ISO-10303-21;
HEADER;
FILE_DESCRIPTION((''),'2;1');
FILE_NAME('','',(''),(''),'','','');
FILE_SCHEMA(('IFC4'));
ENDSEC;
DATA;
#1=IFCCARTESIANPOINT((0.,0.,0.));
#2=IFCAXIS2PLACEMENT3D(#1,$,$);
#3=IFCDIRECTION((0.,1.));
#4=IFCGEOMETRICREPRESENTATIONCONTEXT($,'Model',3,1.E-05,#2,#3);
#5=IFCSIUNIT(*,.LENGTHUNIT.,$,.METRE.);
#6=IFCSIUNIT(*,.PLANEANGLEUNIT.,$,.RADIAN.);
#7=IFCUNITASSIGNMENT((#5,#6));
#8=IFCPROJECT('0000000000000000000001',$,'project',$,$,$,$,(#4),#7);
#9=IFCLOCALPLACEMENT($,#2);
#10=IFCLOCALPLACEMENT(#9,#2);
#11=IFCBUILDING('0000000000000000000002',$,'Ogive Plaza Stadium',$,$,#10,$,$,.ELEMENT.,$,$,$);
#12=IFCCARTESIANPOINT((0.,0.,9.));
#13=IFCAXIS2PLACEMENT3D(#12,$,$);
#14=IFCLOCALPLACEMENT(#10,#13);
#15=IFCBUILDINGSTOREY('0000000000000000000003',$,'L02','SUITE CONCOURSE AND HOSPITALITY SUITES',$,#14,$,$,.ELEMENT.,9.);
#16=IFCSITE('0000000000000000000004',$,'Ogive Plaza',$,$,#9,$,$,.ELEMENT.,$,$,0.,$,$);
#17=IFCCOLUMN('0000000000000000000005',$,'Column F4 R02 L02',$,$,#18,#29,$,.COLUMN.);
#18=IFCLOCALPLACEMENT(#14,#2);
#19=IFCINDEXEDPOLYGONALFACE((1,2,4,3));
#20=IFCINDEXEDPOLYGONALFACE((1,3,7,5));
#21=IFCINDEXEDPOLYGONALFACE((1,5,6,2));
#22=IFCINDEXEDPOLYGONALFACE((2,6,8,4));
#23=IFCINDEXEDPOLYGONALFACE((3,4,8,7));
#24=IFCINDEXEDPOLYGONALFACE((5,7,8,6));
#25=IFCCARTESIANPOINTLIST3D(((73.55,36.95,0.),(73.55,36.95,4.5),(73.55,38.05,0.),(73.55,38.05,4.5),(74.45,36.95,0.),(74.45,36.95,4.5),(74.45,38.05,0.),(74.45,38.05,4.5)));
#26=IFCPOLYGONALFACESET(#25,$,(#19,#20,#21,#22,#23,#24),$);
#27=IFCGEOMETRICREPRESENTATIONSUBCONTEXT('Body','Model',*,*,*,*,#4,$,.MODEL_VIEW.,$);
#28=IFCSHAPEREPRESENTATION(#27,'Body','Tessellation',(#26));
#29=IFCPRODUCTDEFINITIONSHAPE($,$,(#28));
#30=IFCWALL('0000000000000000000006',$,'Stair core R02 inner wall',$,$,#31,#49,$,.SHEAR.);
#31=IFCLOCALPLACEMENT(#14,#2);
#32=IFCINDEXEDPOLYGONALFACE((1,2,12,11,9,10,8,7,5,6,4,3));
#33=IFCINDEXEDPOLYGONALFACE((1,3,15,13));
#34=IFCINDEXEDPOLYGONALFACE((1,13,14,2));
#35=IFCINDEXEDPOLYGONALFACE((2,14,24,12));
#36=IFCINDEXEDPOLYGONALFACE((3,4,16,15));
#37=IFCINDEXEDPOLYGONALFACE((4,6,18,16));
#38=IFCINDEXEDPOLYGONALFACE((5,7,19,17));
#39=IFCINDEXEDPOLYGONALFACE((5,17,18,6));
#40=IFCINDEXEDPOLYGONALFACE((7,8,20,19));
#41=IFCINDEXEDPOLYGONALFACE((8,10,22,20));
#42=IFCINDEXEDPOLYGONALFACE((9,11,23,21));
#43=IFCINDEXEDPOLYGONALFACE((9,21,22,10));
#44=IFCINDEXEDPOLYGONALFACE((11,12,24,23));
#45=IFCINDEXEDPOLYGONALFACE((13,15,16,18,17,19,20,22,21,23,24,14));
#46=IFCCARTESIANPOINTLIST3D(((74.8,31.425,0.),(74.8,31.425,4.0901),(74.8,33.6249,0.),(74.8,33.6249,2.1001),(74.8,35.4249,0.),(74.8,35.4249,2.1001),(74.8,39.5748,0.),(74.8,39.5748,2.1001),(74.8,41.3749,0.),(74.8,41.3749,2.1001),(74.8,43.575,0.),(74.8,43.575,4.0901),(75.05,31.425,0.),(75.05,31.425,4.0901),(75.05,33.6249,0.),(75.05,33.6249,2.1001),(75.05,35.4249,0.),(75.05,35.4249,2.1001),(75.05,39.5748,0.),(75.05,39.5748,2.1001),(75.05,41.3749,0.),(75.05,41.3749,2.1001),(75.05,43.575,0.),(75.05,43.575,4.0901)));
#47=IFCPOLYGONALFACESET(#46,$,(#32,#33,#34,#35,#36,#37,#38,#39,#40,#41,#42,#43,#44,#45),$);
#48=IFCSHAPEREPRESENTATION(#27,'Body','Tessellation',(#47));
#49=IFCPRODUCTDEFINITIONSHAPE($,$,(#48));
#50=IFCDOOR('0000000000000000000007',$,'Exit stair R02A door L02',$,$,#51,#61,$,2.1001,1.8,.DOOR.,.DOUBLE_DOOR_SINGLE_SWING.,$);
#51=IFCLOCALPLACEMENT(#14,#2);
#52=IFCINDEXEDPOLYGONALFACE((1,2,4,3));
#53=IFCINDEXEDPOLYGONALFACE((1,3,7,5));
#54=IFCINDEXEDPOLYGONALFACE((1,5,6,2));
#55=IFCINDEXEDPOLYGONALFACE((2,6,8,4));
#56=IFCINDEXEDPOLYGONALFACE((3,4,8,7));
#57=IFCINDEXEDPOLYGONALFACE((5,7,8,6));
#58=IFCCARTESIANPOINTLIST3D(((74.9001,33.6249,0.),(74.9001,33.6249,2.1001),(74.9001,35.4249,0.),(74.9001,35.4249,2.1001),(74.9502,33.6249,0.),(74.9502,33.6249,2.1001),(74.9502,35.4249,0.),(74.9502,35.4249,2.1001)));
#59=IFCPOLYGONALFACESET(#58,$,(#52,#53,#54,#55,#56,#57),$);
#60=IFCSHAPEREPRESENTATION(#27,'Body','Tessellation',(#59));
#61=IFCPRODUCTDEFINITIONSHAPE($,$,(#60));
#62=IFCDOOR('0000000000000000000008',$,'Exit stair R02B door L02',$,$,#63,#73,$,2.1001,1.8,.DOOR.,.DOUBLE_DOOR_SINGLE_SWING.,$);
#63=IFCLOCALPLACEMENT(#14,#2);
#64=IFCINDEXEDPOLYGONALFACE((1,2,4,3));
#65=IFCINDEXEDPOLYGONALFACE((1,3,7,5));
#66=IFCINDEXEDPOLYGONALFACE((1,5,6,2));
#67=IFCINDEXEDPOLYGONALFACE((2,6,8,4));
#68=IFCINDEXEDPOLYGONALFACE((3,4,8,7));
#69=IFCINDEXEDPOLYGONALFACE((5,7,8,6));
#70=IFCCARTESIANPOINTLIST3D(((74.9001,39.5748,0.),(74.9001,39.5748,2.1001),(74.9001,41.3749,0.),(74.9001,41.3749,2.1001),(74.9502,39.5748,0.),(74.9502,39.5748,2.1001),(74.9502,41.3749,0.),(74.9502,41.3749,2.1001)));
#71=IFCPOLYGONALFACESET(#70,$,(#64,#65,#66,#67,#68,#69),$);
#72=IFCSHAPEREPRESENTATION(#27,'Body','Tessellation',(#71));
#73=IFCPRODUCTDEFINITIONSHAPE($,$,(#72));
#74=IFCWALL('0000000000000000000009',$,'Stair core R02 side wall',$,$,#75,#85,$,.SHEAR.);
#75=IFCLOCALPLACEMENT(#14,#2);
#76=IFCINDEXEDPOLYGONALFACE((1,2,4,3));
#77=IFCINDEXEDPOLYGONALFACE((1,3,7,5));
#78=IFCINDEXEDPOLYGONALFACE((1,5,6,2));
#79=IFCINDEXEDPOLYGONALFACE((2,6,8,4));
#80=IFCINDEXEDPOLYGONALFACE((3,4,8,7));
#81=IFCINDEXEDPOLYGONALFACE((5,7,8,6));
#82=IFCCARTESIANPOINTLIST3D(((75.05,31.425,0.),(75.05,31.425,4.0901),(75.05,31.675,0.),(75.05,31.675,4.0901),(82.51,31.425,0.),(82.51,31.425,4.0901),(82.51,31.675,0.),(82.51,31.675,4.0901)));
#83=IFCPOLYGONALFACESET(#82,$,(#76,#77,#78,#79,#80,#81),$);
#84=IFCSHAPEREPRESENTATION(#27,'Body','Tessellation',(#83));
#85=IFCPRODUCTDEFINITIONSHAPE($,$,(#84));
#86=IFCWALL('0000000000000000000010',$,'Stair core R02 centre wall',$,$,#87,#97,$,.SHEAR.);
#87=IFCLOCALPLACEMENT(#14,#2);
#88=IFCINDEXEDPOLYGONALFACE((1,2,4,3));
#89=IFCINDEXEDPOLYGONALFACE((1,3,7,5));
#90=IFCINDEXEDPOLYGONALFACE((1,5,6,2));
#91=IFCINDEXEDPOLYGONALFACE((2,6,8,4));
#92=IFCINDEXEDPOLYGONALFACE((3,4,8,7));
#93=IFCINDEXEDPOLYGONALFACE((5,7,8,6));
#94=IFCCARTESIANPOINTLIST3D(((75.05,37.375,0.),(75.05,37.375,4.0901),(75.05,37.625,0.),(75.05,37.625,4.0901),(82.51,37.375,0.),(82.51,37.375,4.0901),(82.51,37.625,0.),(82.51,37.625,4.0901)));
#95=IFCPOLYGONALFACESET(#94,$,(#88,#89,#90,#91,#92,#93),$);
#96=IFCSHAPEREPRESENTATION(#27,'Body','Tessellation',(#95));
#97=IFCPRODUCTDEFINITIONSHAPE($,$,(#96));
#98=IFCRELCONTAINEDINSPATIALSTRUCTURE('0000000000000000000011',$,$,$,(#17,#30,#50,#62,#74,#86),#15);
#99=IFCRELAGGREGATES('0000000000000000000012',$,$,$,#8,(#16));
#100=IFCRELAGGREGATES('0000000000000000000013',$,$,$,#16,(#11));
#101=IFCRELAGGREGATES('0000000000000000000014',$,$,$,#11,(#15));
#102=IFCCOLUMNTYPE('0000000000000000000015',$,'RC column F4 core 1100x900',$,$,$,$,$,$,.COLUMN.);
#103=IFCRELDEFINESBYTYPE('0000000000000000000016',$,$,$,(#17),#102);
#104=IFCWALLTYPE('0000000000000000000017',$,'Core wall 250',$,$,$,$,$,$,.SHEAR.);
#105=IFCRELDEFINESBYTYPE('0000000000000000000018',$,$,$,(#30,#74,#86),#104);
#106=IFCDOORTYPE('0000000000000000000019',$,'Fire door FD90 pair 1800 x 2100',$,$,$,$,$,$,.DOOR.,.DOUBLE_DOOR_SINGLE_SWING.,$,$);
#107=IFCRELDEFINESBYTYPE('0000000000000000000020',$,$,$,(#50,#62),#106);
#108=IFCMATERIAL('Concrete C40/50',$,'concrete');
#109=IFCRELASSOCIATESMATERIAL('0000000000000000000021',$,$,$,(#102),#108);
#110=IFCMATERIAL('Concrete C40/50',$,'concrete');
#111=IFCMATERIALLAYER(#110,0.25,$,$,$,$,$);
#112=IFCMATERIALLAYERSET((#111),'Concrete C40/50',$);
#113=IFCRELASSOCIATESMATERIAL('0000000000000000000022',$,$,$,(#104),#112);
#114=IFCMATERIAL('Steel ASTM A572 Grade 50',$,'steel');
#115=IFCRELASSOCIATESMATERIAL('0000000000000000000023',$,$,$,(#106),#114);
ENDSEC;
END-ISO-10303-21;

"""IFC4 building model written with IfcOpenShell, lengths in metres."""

from ifc_helpers import new_model, si_unit, direction, frame, frame_2d, origin, origin_2d, place, context, subcontext, project, spatial, rectangle, extrude, material, layer, layer_set, material_profile, profile_set, type_object, element, fill, save


model = new_model("IFC4")

# Units and contexts
model_context = context("Model", 3, precision=1e-05, world=origin(), true_north=direction((0.0, 1.0)))
body_context = subcontext(model_context, "Body", "Model", "MODEL_VIEW")
ifc_project = project(units=[si_unit("LENGTHUNIT", "METRE"), si_unit("PLANEANGLEUNIT", "RADIAN")], contexts=[model_context])

# Site, building, storey
site_placement = place(None, origin())
site = spatial("IfcSite", under=ifc_project, at=site_placement, Name="Ogive Plaza", CompositionType="ELEMENT", RefElevation=0.0)
building_placement = place(site_placement, origin())
building = spatial("IfcBuilding", under=site, at=building_placement, Name="Ogive Plaza Stadium", CompositionType="ELEMENT")
storey_placement = place(building_placement, frame((0.0, 0.0, 9.0)))
storey = spatial("IfcBuildingStorey", under=building, at=storey_placement, Name="L02", Description="SUITE CONCOURSE AND HOSPITALITY SUITES", CompositionType="ELEMENT", Elevation=9.0)

# Column
ifc_material_1 = material(Name="Concrete C40/50", Category="concrete")
ifc_material_profile = material_profile(ifc_material_1, rectangle(XDim=1.1001, YDim=0.8999, at=origin_2d()), Name="RC 1100x900")
ifc_profile_set = profile_set([ifc_material_profile], Name="Concrete C40/50")
column_type = type_object("IfcColumnType", Name="RC column F4 core 1100x900", PredefinedType="COLUMN", material=ifc_profile_set)
column_placement = place(storey_placement, frame((74.0, 37.5, 0.0), z_axis=(0.0, 0.0, 1.0), x_axis=(0.0, 1.0, 0.0)))
element("IfcColumn", 1, at=column_placement, inside=storey, type_object=column_type, Name="Column F4 R02 L02", PredefinedType="COLUMN", context=body_context, shape_type="SweptSolid", body=[
    extrude(rectangle(XDim=1.1001, YDim=0.8999, at=origin_2d()), origin(), (0.0, 0.0, 1.0), 4.5),
])

# Wall, openings, doors
ifc_material_2 = material(Name="Concrete C40/50", Category="concrete")
ifc_layer = layer(ifc_material_2, 0.25)
ifc_layer_set = layer_set([ifc_layer], Name="Concrete C40/50")
wall_type = type_object("IfcWallType", Name="Core wall 250", PredefinedType="SHEAR", material=ifc_layer_set)
wall_placement = place(storey_placement, frame((74.925, 31.425, 0.0), z_axis=(0.0, 0.0, 1.0), x_axis=(0.0, 1.0, 0.0)))
wall = element("IfcWall", 2, at=wall_placement, inside=storey, type_object=wall_type, Name="Stair core R02 inner wall", PredefinedType="SHEAR", context=body_context, shape_type="SweptSolid", body=[
    extrude(rectangle(XDim=12.1499, YDim=0.25, at=frame_2d((6.075, 0.0))), origin(), (0.0, 0.0, 1.0), 4.0901),
])
opening_1_placement = place(wall_placement, frame((2.2, 0.0, 0.0)))
opening_1 = element("IfcOpeningElement", 3, at=opening_1_placement, cuts=wall, PredefinedType="OPENING", context=body_context, shape_type="SweptSolid", body=[
    extrude(rectangle(XDim=1.8, YDim=2.1001, at=frame_2d((0.8999, 1.05))), frame((0.0, 0.125, 0.0), z_axis=(0.0, -1.0, 0.0), x_axis=(1.0, 0.0, 0.0)), (0.0, 0.0, 1.0), 0.25),
])
opening_2_placement = place(wall_placement, frame((8.1499, 0.0, 0.0)))
opening_2 = element("IfcOpeningElement", 4, at=opening_2_placement, cuts=wall, PredefinedType="OPENING", context=body_context, shape_type="SweptSolid", body=[
    extrude(rectangle(XDim=1.8, YDim=2.1001, at=frame_2d((0.8999, 1.05))), frame((0.0, 0.125, 0.0), z_axis=(0.0, -1.0, 0.0), x_axis=(1.0, 0.0, 0.0)), (0.0, 0.0, 1.0), 0.25),
])
ifc_material_3 = material(Name="Steel ASTM A572 Grade 50", Category="steel")
door_type = type_object("IfcDoorType", Name="Fire door FD90 pair 1800 x 2100", OperationType="DOUBLE_DOOR_SINGLE_SWING", PredefinedType="DOOR", material=ifc_material_3)
door_1_placement = place(opening_1_placement, origin())
door_1 = element("IfcDoor", 5, at=door_1_placement, inside=storey, type_object=door_type, Name="Exit stair R02A door L02", OperationType="DOUBLE_DOOR_SINGLE_SWING", OverallHeight=2.1001, OverallWidth=1.8, PredefinedType="DOOR", context=body_context, shape_type="SweptSolid", body=[
    extrude(rectangle(XDim=1.8, YDim=2.1001, at=frame_2d((0.8999, 1.05))), frame((0.0, 0.0249, 0.0), z_axis=(0.0, -1.0, 0.0), x_axis=(1.0, 0.0, 0.0)), (0.0, 0.0, 1.0), 0.05),
])
fill(opening_1, door_1)
door_2_placement = place(opening_2_placement, origin())
door_2 = element("IfcDoor", 6, at=door_2_placement, inside=storey, type_object=door_type, Name="Exit stair R02B door L02", OperationType="DOUBLE_DOOR_SINGLE_SWING", OverallHeight=2.1001, OverallWidth=1.8, PredefinedType="DOOR", context=body_context, shape_type="SweptSolid", body=[
    extrude(rectangle(XDim=1.8, YDim=2.1001, at=frame_2d((0.8999, 1.05))), frame((0.0, 0.0249, 0.0), z_axis=(0.0, -1.0, 0.0), x_axis=(1.0, 0.0, 0.0)), (0.0, 0.0, 1.0), 0.05),
])
fill(opening_2, door_2)

# Walls
for number, where, z_axis, x_axis, name in (
    (7, (75.05, 31.55, 0.0), (0.0, 0.0, 1.0), (1.0, 0.0, 0.0), "Stair core R02 side wall"),
    (8, (75.05, 37.5, 0.0), (0.0, 0.0, 1.0), (1.0, 0.0, 0.0), "Stair core R02 centre wall"),
):
    element("IfcWall", number, at=place(storey_placement, frame(where, z_axis=z_axis, x_axis=x_axis)), inside=storey, type_object=wall_type, Name=name, PredefinedType="SHEAR", context=body_context, shape_type="SweptSolid", body=[
        extrude(rectangle(XDim=7.46, YDim=0.25, at=frame_2d((3.73, 0.0))), origin(), (0.0, 0.0, 1.0), 4.0901),
    ])

save(model, "model.ifc")
